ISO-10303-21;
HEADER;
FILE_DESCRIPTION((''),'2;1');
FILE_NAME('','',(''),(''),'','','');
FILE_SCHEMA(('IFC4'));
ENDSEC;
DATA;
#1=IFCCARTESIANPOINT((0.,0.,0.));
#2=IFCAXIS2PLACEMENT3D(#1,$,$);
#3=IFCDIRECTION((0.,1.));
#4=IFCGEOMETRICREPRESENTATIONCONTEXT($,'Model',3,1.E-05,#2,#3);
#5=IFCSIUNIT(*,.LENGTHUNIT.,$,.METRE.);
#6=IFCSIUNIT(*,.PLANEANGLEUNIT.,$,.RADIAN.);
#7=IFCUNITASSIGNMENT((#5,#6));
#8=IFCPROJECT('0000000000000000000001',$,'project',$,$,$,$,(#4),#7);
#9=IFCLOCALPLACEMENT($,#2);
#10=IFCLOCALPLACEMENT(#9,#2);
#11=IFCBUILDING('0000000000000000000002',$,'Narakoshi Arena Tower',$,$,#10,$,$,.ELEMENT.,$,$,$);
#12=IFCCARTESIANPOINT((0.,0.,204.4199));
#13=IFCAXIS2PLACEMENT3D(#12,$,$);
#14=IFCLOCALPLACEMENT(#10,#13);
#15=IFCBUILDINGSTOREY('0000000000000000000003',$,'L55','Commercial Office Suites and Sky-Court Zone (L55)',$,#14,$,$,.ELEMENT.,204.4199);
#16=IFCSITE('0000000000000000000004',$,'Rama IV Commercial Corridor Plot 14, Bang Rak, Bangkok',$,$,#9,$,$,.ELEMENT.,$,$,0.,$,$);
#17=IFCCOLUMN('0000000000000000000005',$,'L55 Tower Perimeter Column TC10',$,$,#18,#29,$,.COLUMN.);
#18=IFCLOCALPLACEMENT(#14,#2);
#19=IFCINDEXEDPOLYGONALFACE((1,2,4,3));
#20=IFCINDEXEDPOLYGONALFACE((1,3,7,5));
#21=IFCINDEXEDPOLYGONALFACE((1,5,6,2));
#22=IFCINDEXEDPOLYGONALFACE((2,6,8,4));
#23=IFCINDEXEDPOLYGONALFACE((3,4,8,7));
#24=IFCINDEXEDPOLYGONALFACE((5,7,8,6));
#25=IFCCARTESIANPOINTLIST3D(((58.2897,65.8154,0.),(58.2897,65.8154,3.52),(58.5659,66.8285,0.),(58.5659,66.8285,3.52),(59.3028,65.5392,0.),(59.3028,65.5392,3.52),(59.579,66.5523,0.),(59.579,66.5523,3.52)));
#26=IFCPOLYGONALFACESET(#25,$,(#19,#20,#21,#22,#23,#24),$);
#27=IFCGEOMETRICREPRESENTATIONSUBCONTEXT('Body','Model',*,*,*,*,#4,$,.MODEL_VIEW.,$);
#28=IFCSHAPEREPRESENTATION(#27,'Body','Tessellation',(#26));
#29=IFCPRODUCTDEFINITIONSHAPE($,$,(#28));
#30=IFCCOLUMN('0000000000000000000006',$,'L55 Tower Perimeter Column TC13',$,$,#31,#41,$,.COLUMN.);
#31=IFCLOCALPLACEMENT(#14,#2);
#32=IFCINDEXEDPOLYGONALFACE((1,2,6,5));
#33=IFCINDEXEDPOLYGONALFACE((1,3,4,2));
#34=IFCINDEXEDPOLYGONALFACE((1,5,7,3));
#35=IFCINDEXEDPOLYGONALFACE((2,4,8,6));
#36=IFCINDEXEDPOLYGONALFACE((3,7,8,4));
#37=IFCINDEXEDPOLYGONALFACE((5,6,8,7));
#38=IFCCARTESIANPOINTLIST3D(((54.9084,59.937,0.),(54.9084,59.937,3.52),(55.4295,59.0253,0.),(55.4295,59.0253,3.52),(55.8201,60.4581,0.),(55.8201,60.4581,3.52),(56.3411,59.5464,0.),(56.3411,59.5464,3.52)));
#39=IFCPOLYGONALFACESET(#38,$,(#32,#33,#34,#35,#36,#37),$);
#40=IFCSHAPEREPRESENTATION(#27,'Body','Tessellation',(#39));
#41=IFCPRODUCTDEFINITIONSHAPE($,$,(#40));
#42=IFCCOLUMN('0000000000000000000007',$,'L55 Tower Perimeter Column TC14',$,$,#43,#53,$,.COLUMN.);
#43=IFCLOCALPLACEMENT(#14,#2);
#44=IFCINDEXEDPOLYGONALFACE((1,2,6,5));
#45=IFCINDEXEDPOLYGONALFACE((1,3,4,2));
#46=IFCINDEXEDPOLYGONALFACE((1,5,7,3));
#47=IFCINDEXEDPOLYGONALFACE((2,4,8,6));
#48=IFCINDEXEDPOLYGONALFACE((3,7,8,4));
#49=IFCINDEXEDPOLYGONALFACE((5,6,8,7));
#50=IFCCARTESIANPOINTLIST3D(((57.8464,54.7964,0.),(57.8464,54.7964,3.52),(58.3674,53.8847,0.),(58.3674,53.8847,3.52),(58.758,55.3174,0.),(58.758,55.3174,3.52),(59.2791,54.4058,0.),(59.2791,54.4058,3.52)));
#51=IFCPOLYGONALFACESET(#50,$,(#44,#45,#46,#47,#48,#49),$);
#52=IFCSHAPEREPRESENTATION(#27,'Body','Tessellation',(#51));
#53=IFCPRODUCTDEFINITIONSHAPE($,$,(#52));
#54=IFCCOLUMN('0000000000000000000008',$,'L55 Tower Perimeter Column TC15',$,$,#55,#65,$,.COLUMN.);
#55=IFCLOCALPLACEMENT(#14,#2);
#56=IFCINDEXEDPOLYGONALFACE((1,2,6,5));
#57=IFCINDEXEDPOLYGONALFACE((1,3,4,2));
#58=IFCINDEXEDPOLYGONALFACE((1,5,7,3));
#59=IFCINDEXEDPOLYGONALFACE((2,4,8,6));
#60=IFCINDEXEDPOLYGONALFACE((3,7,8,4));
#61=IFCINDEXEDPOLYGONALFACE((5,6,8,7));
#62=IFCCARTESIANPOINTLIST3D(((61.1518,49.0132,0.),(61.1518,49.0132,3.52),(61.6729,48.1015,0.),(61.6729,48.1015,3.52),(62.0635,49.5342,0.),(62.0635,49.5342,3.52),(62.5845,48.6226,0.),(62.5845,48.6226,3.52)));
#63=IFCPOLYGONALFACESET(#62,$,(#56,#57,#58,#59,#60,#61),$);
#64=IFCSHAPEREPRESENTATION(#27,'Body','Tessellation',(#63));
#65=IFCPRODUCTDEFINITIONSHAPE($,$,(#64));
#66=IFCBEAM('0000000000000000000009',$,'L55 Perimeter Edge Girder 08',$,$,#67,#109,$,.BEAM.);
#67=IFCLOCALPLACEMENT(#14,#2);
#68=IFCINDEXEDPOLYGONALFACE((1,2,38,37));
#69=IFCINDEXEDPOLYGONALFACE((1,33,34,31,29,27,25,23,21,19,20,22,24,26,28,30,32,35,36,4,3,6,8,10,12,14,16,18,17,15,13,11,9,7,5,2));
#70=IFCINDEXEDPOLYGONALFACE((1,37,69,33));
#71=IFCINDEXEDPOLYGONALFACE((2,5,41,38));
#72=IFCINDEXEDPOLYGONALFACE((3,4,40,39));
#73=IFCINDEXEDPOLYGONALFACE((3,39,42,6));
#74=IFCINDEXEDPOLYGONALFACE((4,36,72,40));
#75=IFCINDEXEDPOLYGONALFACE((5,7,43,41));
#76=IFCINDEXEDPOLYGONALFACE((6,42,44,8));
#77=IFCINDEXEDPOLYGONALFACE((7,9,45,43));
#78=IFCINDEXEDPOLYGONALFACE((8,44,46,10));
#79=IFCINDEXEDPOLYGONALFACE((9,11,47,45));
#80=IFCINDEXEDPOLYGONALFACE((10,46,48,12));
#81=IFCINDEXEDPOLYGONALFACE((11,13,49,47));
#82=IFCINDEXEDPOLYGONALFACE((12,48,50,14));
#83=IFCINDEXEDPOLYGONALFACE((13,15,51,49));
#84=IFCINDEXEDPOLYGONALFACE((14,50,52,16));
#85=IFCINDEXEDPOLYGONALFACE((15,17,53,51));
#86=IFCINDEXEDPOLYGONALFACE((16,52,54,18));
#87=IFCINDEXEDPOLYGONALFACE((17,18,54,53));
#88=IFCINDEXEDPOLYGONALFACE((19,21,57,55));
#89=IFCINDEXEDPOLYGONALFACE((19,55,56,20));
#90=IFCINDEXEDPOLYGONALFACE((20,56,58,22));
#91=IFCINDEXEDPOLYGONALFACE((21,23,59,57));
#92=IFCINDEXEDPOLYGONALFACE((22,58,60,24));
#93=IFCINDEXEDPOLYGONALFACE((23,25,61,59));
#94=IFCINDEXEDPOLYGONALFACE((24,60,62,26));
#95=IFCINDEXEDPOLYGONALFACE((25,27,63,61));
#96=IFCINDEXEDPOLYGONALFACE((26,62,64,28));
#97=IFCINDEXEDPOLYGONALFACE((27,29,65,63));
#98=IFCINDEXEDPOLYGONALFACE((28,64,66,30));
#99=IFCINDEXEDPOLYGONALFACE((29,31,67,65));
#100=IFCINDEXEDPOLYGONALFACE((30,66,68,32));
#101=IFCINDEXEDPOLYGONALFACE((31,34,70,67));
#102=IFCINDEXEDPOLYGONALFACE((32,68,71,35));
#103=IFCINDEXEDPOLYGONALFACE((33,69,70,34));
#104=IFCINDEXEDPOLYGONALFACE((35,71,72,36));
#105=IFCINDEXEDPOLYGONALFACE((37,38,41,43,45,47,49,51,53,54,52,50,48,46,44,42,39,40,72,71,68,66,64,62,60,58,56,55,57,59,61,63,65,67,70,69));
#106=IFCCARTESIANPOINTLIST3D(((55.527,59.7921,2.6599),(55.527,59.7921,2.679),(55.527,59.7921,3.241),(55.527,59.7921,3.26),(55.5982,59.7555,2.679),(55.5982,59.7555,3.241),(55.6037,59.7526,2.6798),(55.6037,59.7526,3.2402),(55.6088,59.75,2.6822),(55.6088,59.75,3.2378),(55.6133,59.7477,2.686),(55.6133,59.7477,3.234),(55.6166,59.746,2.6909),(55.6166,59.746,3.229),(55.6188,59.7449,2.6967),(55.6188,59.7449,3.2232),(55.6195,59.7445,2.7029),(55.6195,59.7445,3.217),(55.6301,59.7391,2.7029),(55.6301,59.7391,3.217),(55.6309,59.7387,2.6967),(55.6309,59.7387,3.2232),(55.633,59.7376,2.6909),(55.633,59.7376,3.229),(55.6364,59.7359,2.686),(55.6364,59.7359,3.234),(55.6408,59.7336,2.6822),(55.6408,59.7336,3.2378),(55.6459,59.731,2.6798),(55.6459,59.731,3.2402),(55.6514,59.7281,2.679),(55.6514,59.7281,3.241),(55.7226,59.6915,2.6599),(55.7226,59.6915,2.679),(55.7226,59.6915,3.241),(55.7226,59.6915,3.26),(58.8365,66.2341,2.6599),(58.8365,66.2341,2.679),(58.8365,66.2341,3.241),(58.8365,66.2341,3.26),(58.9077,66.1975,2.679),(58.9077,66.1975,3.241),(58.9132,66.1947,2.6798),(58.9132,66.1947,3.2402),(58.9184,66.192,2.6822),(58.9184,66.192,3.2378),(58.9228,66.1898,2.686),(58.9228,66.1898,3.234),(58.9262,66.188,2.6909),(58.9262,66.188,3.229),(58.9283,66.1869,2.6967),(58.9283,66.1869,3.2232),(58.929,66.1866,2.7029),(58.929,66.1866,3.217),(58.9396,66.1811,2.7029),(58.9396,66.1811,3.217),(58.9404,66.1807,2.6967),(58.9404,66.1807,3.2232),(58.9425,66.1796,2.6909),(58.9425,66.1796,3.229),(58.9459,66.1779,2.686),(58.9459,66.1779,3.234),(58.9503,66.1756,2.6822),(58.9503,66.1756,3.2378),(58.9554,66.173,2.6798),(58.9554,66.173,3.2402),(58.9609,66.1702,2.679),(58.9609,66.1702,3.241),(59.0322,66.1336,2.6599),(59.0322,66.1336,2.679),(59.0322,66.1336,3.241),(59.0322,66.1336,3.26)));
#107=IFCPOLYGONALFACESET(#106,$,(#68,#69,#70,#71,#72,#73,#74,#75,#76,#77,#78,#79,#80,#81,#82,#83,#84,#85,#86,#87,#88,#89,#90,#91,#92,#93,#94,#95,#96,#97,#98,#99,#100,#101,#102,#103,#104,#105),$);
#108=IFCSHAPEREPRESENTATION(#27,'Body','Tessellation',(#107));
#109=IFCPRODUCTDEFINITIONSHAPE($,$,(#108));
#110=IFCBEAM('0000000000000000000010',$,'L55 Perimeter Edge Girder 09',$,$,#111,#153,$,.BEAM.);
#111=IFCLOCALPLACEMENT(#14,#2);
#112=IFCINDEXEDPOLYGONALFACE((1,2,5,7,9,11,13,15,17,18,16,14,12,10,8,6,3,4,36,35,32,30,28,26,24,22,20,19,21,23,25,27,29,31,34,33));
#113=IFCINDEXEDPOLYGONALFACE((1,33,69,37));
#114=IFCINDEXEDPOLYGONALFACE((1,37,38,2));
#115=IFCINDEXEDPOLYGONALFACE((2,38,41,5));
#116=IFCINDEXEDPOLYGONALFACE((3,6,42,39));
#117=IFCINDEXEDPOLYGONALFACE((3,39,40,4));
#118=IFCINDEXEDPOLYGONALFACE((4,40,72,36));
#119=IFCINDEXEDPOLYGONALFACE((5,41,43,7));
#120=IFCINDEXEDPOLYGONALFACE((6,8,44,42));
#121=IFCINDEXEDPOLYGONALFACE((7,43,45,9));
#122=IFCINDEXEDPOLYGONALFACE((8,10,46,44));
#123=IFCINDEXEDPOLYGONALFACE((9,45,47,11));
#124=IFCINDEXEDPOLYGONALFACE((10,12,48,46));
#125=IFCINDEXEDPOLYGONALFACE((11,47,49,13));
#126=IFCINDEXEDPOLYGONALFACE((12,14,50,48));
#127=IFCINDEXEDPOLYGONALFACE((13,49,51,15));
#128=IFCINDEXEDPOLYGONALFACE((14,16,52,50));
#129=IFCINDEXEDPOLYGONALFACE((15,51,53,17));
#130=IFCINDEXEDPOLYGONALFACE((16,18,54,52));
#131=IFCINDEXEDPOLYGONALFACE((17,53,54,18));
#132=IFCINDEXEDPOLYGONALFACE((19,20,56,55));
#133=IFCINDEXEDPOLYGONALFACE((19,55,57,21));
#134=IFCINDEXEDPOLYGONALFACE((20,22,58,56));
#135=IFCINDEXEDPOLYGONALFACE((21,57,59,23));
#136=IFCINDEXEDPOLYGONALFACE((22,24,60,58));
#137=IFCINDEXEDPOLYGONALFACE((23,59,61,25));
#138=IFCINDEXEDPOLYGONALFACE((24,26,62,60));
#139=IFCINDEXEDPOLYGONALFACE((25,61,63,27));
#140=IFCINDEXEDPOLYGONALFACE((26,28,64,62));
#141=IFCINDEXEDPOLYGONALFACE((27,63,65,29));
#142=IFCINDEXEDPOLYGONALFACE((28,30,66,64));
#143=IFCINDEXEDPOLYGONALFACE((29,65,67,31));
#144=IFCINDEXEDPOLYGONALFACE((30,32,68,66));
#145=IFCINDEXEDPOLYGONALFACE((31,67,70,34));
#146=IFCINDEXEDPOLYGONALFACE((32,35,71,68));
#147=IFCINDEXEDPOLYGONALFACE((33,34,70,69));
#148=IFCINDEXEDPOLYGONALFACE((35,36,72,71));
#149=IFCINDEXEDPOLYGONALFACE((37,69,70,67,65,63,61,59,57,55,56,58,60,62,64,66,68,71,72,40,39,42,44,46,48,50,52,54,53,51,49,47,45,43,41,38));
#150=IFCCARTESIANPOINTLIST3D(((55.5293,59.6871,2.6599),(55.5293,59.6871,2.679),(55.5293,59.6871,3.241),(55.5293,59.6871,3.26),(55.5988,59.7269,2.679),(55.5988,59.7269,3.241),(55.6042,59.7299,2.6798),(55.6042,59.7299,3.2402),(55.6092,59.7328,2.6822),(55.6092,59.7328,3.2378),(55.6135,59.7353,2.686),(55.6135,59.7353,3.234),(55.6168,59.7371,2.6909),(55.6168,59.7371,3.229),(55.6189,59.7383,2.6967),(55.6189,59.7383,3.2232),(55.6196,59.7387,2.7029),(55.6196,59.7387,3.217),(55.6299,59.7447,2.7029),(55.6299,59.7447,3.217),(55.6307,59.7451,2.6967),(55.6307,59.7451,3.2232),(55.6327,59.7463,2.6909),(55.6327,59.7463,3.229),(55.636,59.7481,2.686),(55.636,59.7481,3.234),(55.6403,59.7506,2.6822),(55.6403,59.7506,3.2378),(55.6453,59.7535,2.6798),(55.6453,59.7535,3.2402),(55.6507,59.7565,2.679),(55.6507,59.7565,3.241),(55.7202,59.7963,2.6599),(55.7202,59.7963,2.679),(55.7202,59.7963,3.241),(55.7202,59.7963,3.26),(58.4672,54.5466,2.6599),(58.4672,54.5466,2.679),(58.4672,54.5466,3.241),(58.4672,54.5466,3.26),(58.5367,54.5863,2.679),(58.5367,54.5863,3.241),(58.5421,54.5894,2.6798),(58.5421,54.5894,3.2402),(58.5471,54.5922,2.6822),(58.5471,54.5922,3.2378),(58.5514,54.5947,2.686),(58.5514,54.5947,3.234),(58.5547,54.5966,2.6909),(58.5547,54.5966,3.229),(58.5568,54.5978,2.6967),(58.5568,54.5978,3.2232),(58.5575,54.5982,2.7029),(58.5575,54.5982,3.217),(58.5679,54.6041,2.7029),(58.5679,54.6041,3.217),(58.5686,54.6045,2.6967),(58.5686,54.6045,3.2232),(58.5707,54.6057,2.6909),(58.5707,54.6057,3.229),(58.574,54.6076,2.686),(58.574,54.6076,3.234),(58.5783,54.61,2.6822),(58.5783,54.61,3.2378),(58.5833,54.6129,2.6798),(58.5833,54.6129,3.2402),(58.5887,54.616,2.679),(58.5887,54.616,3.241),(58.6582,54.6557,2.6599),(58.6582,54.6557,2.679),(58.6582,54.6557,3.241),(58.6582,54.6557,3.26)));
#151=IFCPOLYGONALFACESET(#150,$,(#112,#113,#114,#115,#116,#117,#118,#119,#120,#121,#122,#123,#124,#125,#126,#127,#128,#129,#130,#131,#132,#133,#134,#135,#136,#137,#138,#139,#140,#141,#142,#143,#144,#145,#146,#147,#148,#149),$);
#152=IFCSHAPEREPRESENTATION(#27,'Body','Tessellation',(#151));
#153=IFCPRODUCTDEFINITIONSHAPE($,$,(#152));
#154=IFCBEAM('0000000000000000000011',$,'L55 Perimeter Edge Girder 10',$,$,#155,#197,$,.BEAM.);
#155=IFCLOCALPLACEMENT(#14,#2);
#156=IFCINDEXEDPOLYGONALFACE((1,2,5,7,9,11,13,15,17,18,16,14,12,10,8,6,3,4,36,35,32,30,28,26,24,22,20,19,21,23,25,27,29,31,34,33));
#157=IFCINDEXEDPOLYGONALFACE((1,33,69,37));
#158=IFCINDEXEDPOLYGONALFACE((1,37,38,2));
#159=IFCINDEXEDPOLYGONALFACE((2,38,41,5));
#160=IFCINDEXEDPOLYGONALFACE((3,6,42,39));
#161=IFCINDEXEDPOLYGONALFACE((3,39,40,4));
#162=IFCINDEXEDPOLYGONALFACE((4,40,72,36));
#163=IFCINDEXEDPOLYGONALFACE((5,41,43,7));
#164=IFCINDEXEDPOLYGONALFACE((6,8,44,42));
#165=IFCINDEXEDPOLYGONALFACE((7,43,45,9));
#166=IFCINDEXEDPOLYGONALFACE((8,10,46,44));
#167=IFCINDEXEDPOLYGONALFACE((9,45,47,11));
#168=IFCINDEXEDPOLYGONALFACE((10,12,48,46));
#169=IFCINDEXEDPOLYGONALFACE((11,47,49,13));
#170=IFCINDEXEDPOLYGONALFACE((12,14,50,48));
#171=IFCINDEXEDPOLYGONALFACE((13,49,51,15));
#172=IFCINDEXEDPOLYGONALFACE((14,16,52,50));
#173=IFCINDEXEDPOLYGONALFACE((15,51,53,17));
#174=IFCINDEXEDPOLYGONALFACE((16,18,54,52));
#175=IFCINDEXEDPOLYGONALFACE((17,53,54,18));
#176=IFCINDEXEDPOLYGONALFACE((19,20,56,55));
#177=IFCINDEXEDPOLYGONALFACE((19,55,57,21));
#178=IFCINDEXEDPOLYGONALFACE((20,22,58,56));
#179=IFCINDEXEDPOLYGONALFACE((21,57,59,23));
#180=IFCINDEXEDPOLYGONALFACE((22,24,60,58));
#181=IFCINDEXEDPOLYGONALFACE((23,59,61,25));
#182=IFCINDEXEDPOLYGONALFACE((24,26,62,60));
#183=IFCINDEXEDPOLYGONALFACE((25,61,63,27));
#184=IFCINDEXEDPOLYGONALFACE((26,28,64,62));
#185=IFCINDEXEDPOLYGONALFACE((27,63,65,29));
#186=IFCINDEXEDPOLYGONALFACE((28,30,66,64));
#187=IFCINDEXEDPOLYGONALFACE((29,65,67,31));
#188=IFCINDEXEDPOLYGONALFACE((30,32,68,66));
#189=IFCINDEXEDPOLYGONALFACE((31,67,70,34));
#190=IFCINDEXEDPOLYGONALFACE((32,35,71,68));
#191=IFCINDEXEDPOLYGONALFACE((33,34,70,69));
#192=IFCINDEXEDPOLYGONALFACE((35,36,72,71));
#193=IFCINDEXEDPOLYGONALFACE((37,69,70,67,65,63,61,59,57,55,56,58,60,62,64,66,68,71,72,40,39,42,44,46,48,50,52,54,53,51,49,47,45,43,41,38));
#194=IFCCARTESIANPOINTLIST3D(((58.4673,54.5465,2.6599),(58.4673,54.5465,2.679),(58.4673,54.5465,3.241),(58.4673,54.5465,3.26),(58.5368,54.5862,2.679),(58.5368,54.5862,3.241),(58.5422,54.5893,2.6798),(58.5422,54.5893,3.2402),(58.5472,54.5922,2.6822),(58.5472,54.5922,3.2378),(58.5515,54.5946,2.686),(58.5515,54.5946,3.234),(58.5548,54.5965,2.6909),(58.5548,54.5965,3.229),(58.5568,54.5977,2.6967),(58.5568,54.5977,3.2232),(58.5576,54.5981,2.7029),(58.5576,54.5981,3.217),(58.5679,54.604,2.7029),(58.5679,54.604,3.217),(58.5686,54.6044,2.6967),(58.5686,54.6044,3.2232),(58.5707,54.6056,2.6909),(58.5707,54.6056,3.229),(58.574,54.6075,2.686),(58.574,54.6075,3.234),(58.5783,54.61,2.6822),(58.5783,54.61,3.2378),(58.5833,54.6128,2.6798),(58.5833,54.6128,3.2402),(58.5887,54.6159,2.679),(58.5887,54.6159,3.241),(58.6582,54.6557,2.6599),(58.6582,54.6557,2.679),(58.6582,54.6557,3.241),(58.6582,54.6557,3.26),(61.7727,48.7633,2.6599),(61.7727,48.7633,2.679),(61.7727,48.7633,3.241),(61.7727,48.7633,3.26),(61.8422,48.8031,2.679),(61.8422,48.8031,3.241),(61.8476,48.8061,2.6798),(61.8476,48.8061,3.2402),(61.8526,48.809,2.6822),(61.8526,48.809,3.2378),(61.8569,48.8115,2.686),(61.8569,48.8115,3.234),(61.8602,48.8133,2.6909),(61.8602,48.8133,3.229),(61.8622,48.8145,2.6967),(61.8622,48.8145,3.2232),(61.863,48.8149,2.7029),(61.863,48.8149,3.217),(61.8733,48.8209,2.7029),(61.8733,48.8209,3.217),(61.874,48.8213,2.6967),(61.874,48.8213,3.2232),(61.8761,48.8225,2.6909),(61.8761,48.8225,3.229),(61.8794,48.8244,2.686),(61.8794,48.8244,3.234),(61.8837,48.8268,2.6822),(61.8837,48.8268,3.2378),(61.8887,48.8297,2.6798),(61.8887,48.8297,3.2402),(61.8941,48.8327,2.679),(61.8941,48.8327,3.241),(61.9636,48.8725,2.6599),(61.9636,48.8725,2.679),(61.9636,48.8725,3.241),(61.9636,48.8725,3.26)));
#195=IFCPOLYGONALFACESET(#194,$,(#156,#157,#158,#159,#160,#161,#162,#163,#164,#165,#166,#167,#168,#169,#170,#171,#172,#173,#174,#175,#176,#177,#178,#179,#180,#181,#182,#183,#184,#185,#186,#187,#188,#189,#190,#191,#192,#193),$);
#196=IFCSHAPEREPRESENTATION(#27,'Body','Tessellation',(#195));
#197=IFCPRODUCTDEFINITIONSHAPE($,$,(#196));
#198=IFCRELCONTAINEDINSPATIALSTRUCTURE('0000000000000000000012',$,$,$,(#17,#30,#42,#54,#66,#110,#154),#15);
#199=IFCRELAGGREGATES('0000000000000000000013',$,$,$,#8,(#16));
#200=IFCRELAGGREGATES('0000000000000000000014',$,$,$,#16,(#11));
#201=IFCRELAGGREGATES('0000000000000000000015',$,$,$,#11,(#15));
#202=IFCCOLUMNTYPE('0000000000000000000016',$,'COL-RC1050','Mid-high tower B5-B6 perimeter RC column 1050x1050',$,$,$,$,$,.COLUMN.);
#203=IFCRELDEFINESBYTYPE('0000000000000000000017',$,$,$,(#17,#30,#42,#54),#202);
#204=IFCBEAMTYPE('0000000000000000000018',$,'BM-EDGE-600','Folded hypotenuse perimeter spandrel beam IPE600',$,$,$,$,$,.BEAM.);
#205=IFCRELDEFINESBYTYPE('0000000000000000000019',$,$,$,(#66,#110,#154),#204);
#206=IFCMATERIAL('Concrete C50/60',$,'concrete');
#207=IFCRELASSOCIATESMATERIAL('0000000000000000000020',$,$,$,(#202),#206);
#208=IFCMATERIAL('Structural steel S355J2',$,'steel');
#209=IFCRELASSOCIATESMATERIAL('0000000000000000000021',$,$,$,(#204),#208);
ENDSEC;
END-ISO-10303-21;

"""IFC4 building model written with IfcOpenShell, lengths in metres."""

from ifc_helpers import new_model, si_unit, direction, frame, origin, origin_2d, place, context, subcontext, project, spatial, rectangle, i_section, extrude, material, material_profile, profile_set, type_object, element, save


model = new_model("IFC4")

# Units and contexts
model_context = context("Model", 3, precision=1e-05, world=origin(), true_north=direction((0.0, 1.0)))
body_context = subcontext(model_context, "Body", "Model", "MODEL_VIEW")
ifc_project = project(units=[si_unit("LENGTHUNIT", "METRE"), si_unit("PLANEANGLEUNIT", "RADIAN")], contexts=[model_context])

# Site, building, storey
site_placement = place(None, origin())
site = spatial("IfcSite", under=ifc_project, at=site_placement, Name="Rama IV Commercial Corridor Plot 14, Bang Rak, Bangkok", CompositionType="ELEMENT", RefElevation=0.0)
building_placement = place(site_placement, origin())
building = spatial("IfcBuilding", under=site, at=building_placement, Name="Narakoshi Arena Tower", CompositionType="ELEMENT")
storey_placement = place(building_placement, frame((0.0, 0.0, 204.4199)))
storey = spatial("IfcBuildingStorey", under=building, at=storey_placement, Name="L55", Description="Commercial Office Suites and Sky-Court Zone (L55)", CompositionType="ELEMENT", Elevation=204.4199)

# Columns
ifc_material_1 = material(Name="Concrete C50/60", Category="concrete")
ifc_material_profile_1 = material_profile(ifc_material_1, rectangle(XDim=1.05, YDim=1.05, at=origin_2d()), Name="RC1050x1050")
ifc_profile_set_1 = profile_set([ifc_material_profile_1], Name="Concrete C50/60")
column_type = type_object("IfcColumnType", Name="COL-RC1050", Description="Mid-high tower B5-B6 perimeter RC column 1050x1050", PredefinedType="COLUMN", material=ifc_profile_set_1)
for number, where, z_axis, x_axis, name in (
    (1, (58.9343, 66.1838, 0.0), (0.0, 0.0, 1.0), (0.263031, 0.964787, 0.0), "L55 Tower Perimeter Column TC10"),
    (2, (55.6248, 59.7417, 0.0), (0.0, 0.0, 1.0), (-0.496217, 0.868199, 0.0), "L55 Tower Perimeter Column TC13"),
    (3, (58.5627, 54.6011, 0.0), (0.0, 0.0, 1.0), (-0.496217, 0.868199, 0.0), "L55 Tower Perimeter Column TC14"),
    (4, (61.8682, 48.8179, 0.0), (0.0, 0.0, 1.0), (-0.496217, 0.868199, 0.0), "L55 Tower Perimeter Column TC15"),
):
    element("IfcColumn", number, at=place(storey_placement, frame(where, z_axis=z_axis, x_axis=x_axis)), inside=storey, type_object=column_type, Name=name, PredefinedType="COLUMN", context=body_context, shape_type="SweptSolid", body=[
        extrude(rectangle(XDim=1.05, YDim=1.05, at=origin_2d()), origin(), (0.0, 0.0, 1.0), 3.52),
    ])

# Beams
ifc_material_2 = material(Name="Structural steel S355J2", Category="steel")
ifc_material_profile_2 = material_profile(ifc_material_2, i_section(OverallWidth=0.22, OverallDepth=0.6001, WebThickness=0.012, FlangeThickness=0.019, FilletRadius=0.0239, at=origin_2d()), Name="IPE600")
ifc_profile_set_2 = profile_set([ifc_material_profile_2], Name="Structural steel S355J2")
beam_type_1 = type_object("IfcBeamType", Name="BM-EDGE-600", Description="Folded hypotenuse perimeter spandrel beam IPE600", PredefinedType="BEAM", material=ifc_profile_set_2)
beam_1_placement = place(storey_placement, frame((58.9343, 66.1838, 2.96), z_axis=(-0.456963, -0.889486, 0.0), x_axis=(0.889486, -0.456963, 0.0)))
element("IfcBeam", 5, at=beam_1_placement, inside=storey, type_object=beam_type_1, Name="L55 Perimeter Edge Girder 08", PredefinedType="BEAM", context=body_context, shape_type="SweptSolid", body=[
    extrude(i_section(OverallWidth=0.22, OverallDepth=0.6001, WebThickness=0.012, FlangeThickness=0.019, FilletRadius=0.0239, at=origin_2d()), origin(), (0.0, 0.0, 1.0), 7.2424),
])
beam_2_placement = place(storey_placement, frame((55.6248, 59.7417, 2.96), z_axis=(0.496201, -0.868208, 0.0), x_axis=(0.868208, 0.496201, 0.0)))
element("IfcBeam", 6, at=beam_2_placement, inside=storey, type_object=beam_type_1, Name="L55 Perimeter Edge Girder 09", PredefinedType="BEAM", context=body_context, shape_type="SweptSolid", body=[
    extrude(i_section(OverallWidth=0.22, OverallDepth=0.6001, WebThickness=0.012, FlangeThickness=0.019, FilletRadius=0.0239, at=origin_2d()), origin(), (0.0, 0.0, 1.0), 5.9209),
])
for number, where, z_axis, x_axis, name in (
    (7, (58.5627, 54.6011, 2.96), (0.496222, -0.868196, 0.0), (0.868196, 0.496222, 0.0), "L55 Perimeter Edge Girder 10"),
):
    element("IfcBeam", number, at=place(storey_placement, frame(where, z_axis=z_axis, x_axis=x_axis)), inside=storey, type_object=beam_type_1, Name=name, PredefinedType="BEAM", context=body_context, shape_type="SweptSolid", body=[
        extrude(i_section(OverallWidth=0.22, OverallDepth=0.6001, WebThickness=0.012, FlangeThickness=0.019, FilletRadius=0.0239, at=origin_2d()), origin(), (0.0, 0.0, 1.0), 6.6611),
    ])

save(model, "model.ifc")
